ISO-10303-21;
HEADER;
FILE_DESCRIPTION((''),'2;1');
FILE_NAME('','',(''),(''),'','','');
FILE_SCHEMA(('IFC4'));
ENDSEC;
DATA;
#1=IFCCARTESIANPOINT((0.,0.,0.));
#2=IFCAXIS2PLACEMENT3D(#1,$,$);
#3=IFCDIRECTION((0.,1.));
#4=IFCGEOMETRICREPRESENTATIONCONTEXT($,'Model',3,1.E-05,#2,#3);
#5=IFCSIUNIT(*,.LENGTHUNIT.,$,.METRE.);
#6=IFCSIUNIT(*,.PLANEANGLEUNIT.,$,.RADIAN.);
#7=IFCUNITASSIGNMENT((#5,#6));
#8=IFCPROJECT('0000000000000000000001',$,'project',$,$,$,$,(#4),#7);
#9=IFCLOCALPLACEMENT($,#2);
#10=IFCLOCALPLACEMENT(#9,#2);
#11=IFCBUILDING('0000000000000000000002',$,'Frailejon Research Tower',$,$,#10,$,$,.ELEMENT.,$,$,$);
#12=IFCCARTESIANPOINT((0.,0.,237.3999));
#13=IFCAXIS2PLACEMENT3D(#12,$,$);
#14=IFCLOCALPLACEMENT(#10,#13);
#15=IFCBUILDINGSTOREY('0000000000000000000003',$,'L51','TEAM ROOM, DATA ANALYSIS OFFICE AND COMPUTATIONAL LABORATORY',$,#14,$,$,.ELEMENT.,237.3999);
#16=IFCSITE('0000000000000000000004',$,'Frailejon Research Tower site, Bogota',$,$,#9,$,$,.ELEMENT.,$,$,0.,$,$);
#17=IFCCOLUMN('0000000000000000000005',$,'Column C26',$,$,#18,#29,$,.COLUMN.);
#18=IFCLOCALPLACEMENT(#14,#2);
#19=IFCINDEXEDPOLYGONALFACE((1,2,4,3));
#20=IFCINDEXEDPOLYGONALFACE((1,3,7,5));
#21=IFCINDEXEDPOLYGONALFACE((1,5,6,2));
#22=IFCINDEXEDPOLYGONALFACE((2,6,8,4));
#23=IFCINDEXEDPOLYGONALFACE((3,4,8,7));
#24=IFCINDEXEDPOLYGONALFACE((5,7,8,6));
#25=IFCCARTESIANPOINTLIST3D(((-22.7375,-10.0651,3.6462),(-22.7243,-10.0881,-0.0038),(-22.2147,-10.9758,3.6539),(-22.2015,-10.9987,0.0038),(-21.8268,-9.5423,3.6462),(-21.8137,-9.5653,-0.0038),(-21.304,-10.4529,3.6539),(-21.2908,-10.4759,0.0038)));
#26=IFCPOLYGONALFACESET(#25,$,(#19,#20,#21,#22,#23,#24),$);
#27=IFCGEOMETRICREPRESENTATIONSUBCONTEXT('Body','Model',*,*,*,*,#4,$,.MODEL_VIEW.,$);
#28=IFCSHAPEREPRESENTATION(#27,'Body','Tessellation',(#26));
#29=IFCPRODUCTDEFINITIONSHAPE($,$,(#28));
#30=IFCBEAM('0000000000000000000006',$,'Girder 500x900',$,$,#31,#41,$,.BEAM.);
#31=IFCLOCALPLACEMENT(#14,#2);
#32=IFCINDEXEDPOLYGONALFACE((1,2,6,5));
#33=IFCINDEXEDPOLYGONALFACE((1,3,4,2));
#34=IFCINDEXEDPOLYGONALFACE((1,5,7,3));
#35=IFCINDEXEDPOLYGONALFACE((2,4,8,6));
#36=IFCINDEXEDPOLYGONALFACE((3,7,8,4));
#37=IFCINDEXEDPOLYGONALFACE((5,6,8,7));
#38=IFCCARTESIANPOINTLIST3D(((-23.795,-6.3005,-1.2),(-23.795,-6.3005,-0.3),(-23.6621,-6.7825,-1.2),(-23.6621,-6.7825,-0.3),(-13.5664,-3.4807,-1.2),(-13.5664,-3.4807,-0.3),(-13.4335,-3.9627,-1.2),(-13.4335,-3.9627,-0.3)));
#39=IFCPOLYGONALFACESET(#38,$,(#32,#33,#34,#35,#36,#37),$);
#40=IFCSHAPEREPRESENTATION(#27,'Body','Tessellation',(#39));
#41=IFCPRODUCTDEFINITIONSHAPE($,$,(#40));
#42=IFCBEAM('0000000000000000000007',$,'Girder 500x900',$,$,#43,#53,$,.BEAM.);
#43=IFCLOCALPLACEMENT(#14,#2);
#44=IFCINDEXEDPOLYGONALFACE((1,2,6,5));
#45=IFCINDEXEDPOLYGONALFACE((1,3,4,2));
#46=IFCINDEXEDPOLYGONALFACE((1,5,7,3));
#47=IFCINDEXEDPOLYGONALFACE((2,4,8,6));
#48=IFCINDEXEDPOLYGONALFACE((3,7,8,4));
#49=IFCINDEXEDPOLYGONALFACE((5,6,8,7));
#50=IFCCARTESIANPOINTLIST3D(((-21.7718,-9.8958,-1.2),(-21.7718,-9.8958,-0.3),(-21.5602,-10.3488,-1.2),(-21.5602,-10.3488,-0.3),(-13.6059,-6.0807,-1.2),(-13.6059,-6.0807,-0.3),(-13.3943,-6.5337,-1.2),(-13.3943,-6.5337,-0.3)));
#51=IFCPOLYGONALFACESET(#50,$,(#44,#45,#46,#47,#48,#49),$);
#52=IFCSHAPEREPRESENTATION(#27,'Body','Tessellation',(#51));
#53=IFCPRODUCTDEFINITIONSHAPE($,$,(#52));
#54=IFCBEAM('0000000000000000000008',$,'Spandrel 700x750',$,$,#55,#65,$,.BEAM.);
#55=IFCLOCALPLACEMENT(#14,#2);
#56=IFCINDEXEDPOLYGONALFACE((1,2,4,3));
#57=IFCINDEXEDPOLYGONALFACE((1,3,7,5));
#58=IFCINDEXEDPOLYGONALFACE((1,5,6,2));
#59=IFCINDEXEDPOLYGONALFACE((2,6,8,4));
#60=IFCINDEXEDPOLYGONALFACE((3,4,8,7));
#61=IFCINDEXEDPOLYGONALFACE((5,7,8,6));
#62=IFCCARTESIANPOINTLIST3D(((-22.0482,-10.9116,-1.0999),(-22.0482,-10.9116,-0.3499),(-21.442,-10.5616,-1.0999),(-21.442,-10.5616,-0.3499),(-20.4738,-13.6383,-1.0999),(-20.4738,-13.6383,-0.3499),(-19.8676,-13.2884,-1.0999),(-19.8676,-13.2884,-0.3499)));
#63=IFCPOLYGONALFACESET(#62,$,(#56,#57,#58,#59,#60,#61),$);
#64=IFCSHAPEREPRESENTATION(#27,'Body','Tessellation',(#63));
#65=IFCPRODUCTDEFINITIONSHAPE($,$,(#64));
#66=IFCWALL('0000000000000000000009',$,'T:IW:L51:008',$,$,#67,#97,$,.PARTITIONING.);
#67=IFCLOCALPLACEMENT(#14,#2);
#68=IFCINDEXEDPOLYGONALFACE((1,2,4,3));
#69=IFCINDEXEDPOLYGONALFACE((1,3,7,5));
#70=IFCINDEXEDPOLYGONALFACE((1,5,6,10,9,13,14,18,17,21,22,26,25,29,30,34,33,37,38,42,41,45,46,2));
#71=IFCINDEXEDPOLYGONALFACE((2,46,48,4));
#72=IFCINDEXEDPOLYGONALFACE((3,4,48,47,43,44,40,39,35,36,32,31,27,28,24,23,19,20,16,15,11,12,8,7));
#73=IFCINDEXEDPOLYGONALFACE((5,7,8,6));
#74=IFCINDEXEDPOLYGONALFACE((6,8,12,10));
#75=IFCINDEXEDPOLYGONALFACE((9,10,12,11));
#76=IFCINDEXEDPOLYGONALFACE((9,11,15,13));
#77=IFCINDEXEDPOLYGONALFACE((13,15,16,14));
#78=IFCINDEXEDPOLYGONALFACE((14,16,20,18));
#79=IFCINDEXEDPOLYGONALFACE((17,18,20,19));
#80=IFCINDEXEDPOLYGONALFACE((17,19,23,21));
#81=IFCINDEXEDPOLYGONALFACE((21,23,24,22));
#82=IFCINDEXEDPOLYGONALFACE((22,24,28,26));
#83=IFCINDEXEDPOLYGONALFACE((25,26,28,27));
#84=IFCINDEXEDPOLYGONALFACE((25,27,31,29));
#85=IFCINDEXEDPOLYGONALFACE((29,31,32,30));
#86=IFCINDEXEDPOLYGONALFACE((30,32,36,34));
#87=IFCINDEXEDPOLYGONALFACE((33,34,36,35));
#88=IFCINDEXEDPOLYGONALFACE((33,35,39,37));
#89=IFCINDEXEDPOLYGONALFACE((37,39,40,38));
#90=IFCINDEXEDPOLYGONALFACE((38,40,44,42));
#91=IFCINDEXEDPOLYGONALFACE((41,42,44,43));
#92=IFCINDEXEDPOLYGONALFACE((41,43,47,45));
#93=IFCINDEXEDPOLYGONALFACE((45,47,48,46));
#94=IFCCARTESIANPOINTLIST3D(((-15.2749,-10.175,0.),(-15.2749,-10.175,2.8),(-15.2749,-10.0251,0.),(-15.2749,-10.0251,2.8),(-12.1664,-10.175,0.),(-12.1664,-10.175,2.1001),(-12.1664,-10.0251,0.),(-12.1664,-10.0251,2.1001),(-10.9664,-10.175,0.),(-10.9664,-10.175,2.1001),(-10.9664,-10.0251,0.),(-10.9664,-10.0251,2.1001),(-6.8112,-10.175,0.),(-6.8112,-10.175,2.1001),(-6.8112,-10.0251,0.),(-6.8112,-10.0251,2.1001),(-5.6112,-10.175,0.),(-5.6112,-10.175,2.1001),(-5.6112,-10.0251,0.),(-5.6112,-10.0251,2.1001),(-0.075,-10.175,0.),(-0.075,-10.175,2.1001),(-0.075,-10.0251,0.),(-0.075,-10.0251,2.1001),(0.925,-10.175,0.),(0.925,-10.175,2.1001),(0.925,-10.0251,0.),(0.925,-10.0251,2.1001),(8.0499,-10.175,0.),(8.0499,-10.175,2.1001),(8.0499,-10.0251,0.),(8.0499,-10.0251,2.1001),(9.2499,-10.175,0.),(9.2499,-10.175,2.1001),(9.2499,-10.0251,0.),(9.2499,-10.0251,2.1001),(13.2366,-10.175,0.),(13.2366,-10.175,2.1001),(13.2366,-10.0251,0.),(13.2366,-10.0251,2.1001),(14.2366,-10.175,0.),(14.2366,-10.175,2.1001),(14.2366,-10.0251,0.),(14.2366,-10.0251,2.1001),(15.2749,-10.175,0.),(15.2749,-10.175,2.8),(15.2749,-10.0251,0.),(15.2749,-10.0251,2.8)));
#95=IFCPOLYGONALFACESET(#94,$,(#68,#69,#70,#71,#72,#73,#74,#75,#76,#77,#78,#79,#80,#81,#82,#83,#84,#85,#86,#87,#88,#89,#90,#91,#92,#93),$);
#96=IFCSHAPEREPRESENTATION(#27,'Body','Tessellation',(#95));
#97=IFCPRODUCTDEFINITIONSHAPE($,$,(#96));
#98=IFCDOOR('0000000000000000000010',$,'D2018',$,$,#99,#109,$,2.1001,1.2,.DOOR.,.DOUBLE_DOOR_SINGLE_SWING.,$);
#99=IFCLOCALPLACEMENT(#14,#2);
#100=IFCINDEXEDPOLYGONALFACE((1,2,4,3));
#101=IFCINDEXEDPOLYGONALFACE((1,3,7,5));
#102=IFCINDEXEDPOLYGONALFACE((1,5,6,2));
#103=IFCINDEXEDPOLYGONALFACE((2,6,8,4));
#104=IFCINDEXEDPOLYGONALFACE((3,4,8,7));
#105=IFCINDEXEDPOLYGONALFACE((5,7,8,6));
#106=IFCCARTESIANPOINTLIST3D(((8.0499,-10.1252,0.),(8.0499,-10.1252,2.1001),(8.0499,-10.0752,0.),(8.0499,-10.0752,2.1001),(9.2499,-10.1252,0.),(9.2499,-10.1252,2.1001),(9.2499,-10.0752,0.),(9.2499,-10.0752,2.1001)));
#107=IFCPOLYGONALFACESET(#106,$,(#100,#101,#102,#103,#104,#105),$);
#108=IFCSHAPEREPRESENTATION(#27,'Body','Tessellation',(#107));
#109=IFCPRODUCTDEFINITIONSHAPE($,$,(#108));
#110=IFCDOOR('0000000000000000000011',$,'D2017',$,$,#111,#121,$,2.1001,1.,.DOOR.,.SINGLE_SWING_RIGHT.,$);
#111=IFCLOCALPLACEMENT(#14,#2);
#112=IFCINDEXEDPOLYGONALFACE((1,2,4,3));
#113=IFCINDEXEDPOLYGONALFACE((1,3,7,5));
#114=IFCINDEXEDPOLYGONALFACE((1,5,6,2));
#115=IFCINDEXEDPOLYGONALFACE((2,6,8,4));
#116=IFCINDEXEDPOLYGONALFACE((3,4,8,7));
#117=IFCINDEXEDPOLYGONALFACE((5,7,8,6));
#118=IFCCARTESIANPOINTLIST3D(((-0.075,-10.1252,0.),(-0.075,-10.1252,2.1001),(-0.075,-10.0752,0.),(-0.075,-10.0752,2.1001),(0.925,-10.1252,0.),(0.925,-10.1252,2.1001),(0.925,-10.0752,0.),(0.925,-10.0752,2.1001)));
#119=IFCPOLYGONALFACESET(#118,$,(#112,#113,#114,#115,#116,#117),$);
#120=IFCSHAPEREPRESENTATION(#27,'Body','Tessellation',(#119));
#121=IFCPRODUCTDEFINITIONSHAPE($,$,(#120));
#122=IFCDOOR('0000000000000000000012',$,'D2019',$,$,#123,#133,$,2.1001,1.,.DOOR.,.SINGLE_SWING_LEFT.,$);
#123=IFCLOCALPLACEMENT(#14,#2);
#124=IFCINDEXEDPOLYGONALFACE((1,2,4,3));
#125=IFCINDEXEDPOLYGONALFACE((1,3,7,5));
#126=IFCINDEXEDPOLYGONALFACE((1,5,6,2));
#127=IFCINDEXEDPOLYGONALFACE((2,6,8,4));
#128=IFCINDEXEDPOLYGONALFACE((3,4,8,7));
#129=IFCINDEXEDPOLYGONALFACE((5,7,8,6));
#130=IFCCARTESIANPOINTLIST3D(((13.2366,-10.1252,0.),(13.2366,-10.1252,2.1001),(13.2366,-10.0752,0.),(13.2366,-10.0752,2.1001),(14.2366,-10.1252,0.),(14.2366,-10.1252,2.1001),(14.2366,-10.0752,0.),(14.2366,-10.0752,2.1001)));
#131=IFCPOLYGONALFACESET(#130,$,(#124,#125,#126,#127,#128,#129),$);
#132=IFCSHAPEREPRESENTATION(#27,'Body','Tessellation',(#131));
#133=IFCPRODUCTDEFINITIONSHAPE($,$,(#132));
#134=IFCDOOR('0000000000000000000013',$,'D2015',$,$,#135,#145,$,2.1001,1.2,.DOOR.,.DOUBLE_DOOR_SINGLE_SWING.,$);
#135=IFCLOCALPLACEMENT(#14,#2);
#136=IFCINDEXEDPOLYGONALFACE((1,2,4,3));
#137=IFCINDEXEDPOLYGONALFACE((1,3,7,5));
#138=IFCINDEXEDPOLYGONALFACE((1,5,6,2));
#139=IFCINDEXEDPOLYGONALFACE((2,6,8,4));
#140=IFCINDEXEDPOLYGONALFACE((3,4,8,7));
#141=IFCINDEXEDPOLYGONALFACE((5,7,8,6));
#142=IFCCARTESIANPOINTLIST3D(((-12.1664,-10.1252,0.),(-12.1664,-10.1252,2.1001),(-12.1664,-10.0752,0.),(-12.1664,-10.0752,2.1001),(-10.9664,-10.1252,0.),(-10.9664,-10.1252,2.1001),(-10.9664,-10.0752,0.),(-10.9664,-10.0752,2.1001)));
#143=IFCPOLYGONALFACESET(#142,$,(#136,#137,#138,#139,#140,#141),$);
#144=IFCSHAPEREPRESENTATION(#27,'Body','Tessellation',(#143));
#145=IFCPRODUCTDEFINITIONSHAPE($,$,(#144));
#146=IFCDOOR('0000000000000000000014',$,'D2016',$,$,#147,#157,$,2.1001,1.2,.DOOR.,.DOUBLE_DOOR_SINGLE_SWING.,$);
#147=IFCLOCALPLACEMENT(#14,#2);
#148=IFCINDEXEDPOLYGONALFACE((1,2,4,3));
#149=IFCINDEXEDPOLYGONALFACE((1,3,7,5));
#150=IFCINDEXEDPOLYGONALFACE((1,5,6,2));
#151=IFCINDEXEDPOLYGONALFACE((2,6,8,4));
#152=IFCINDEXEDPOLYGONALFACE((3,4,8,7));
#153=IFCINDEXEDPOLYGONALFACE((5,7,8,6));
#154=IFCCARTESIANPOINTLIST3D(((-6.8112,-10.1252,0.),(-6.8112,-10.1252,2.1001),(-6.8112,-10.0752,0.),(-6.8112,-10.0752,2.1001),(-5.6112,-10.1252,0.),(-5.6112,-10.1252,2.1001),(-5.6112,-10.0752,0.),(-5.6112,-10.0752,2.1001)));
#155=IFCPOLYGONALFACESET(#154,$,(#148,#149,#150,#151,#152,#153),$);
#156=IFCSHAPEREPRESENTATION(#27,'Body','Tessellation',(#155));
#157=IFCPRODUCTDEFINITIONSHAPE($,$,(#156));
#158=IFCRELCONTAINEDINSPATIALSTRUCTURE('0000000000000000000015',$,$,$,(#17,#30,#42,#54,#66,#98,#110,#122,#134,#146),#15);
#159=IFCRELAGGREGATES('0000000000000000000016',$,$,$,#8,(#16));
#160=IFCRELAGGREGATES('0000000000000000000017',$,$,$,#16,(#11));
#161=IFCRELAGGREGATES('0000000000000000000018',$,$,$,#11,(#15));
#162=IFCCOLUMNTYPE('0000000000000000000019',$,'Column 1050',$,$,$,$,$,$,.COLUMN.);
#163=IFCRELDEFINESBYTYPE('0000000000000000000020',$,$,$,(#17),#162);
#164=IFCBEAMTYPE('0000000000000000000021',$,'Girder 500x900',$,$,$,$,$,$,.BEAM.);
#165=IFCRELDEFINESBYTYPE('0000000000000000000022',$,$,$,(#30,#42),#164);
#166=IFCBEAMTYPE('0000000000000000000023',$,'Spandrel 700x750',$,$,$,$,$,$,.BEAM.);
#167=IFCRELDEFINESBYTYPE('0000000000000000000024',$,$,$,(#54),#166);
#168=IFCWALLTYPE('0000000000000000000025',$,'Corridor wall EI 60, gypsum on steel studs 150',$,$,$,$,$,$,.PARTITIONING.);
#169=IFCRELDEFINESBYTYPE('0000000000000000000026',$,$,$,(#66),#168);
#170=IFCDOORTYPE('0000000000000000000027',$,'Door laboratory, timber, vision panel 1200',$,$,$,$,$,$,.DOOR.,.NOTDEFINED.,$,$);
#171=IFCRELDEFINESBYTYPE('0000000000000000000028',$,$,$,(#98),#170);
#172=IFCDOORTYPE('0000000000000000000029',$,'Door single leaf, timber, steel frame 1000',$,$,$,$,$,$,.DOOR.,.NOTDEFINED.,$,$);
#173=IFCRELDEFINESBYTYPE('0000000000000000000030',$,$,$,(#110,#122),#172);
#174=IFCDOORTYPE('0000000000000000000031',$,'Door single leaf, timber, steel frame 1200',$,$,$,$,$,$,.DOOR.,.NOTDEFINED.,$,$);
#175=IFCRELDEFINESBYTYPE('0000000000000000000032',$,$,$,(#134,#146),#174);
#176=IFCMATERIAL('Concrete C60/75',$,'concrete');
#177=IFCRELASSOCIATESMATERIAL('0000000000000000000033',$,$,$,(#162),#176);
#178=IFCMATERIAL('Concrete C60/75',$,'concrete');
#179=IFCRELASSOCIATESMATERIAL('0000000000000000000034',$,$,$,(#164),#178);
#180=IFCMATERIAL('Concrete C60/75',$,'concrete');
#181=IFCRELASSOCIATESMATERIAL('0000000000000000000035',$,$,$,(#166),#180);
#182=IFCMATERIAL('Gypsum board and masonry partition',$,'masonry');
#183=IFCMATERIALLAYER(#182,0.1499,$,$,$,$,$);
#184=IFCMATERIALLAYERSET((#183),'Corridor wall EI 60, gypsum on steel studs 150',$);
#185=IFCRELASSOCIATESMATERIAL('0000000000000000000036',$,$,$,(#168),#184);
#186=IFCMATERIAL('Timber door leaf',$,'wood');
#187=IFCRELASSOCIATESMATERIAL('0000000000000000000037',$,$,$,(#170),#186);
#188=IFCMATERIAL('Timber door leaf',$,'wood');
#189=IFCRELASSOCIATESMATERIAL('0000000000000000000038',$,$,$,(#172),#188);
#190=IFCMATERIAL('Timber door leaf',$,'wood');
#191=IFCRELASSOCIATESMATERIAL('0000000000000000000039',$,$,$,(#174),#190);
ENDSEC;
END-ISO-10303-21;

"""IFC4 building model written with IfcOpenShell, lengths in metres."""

from ifc_helpers import new_model, si_unit, direction, frame, frame_2d, origin, origin_2d, place, context, subcontext, project, spatial, rectangle, extrude, material, layer, layer_set, material_profile, profile_set, type_object, element, fill, save


model = new_model("IFC4")

# Units and contexts
model_context = context("Model", 3, precision=1e-05, world=origin(), true_north=direction((0.0, 1.0)))
body_context = subcontext(model_context, "Body", "Model", "MODEL_VIEW")
ifc_project = project(units=[si_unit("LENGTHUNIT", "METRE"), si_unit("PLANEANGLEUNIT", "RADIAN")], contexts=[model_context])

# Site, building, storey
site_placement = place(None, origin())
site = spatial("IfcSite", under=ifc_project, at=site_placement, Name="Frailejon Research Tower site, Bogota", CompositionType="ELEMENT", RefElevation=0.0)
building_placement = place(site_placement, origin())
building = spatial("IfcBuilding", under=site, at=building_placement, Name="Frailejon Research Tower", CompositionType="ELEMENT")
storey_placement = place(building_placement, frame((0.0, 0.0, 237.3999)))
storey = spatial("IfcBuildingStorey", under=building, at=storey_placement, Name="L51", Description="TEAM ROOM, DATA ANALYSIS OFFICE AND COMPUTATIONAL LABORATORY", CompositionType="ELEMENT", Elevation=237.3999)

# Column
ifc_material_1 = material(Name="Concrete C60/75", Category="concrete")
ifc_material_profile_1 = material_profile(ifc_material_1, rectangle(XDim=1.05, YDim=1.05, at=origin_2d()), Name="Column 1050")
ifc_profile_set_1 = profile_set([ifc_material_profile_1], Name="Concrete C60/75")
column_type = type_object("IfcColumnType", Name="Column 1050", PredefinedType="COLUMN", material=ifc_profile_set_1)
column_placement = place(storey_placement, frame((-22.0076, -10.282, 0.0), z_axis=(-0.003612, 0.006287, 0.999974), x_axis=(0.49789, -0.86721, 0.007251)))
element("IfcColumn", 1, at=column_placement, inside=storey, type_object=column_type, Name="Column C26", PredefinedType="COLUMN", context=body_context, shape_type="SweptSolid", body=[
    extrude(rectangle(XDim=1.05, YDim=1.05, at=origin_2d()), origin(), (0.0, 0.0, 1.0), 3.6501),
])

# Beams
ifc_material_2 = material(Name="Concrete C60/75", Category="concrete")
ifc_material_profile_2 = material_profile(ifc_material_2, rectangle(XDim=0.5, YDim=0.8999, at=origin_2d()), Name="Girder 500x900")
ifc_profile_set_2 = profile_set([ifc_material_profile_2], Name="Concrete C60/75")
beam_type_1 = type_object("IfcBeamType", Name="Girder 500x900", PredefinedType="BEAM", material=ifc_profile_set_2)
beam_1_placement = place(storey_placement, frame((-23.7285, -6.5415, -0.75), z_axis=(0.964037, 0.265768, 0.0), x_axis=(-0.265768, 0.964037, 0.0)))
element("IfcBeam", 2, at=beam_1_placement, inside=storey, type_object=beam_type_1, Name="Girder 500x900", PredefinedType="BEAM", context=body_context, shape_type="SweptSolid", body=[
    extrude(rectangle(XDim=0.5, YDim=0.8999, at=origin_2d()), origin(), (0.0, 0.0, 1.0), 10.6101),
])
beam_2_placement = place(storey_placement, frame((-21.666, -10.1223, -0.75), z_axis=(0.905997, 0.423284, 0.0), x_axis=(-0.423284, 0.905997, 0.0)))
element("IfcBeam", 3, at=beam_2_placement, inside=storey, type_object=beam_type_1, Name="Girder 500x900", PredefinedType="BEAM", context=body_context, shape_type="SweptSolid", body=[
    extrude(rectangle(XDim=0.5, YDim=0.8999, at=origin_2d()), origin(), (0.0, 0.0, 1.0), 9.0132),
])
ifc_material_3 = material(Name="Concrete C60/75", Category="concrete")
ifc_material_profile_3 = material_profile(ifc_material_3, rectangle(XDim=0.7, YDim=0.75, at=origin_2d()), Name="Spandrel 700x750")
ifc_profile_set_3 = profile_set([ifc_material_profile_3], Name="Concrete C60/75")
beam_type_2 = type_object("IfcBeamType", Name="Spandrel 700x750", PredefinedType="BEAM", material=ifc_profile_set_3)
beam_3_placement = place(storey_placement, frame((-21.7451, -10.7366, -0.7249), z_axis=(0.500033, -0.866006, 0.0), x_axis=(0.866006, 0.500033, 0.0)))
element("IfcBeam", 4, at=beam_3_placement, inside=storey, type_object=beam_type_2, Name="Spandrel 700x750", PredefinedType="BEAM", context=body_context, shape_type="SweptSolid", body=[
    extrude(rectangle(XDim=0.7, YDim=0.75, at=origin_2d()), origin(), (0.0, 0.0, 1.0), 3.1487),
])

# Wall, openings, doors
ifc_material_4 = material(Name="Gypsum board and masonry partition", Category="masonry")
ifc_layer_1 = layer(ifc_material_4, 0.1499)
ifc_layer_set_1 = layer_set([ifc_layer_1], Name="Corridor wall EI 60, gypsum on steel studs 150")
wall_type_1 = type_object("IfcWallType", Name="Corridor wall EI 60, gypsum on steel studs 150", PredefinedType="PARTITIONING", material=ifc_layer_set_1)
wall_1_placement = place(storey_placement, frame((-15.2749, -10.1001, 0.0), z_axis=(0.0, 0.0, 1.0), x_axis=(1.0, 0.0, 0.0)))
wall_1 = element("IfcWall", 5, at=wall_1_placement, inside=storey, type_object=wall_type_1, Name="T:IW:L51:008", PredefinedType="PARTITIONING", context=body_context, shape_type="SweptSolid", body=[
    extrude(rectangle(XDim=30.5498, YDim=0.1499, at=frame_2d((15.2749, 0.0))), origin(), (0.0, 0.0, 1.0), 2.8),
])
opening_1_placement = place(wall_1_placement, frame((3.1084, 0.0, 0.0)))
opening_1 = element("IfcOpeningElement", 6, at=opening_1_placement, cuts=wall_1, PredefinedType="OPENING", context=body_context, shape_type="SweptSolid", body=[
    extrude(rectangle(XDim=1.2, YDim=2.1001, at=frame_2d((0.6001, 1.05))), frame((0.0, 0.085, 0.0), z_axis=(0.0, -1.0, 0.0), x_axis=(1.0, 0.0, 0.0)), (0.0, 0.0, 1.0), 0.1699),
])
opening_2_placement = place(wall_1_placement, frame((8.4636, 0.0, 0.0)))
opening_2 = element("IfcOpeningElement", 7, at=opening_2_placement, cuts=wall_1, PredefinedType="OPENING", context=body_context, shape_type="SweptSolid", body=[
    extrude(rectangle(XDim=1.2, YDim=2.1001, at=frame_2d((0.6001, 1.05))), frame((0.0, 0.085, 0.0), z_axis=(0.0, -1.0, 0.0), x_axis=(1.0, 0.0, 0.0)), (0.0, 0.0, 1.0), 0.1699),
])
opening_3_placement = place(wall_1_placement, frame((15.2, 0.0, 0.0)))
opening_3 = element("IfcOpeningElement", 8, at=opening_3_placement, cuts=wall_1, PredefinedType="OPENING", context=body_context, shape_type="SweptSolid", body=[
    extrude(rectangle(XDim=1.0, YDim=2.1001, at=frame_2d((0.5, 1.05))), frame((0.0, 0.085, 0.0), z_axis=(0.0, -1.0, 0.0), x_axis=(1.0, 0.0, 0.0)), (0.0, 0.0, 1.0), 0.1699),
])
opening_4_placement = place(wall_1_placement, frame((23.3247, 0.0, 0.0)))
opening_4 = element("IfcOpeningElement", 9, at=opening_4_placement, cuts=wall_1, PredefinedType="OPENING", context=body_context, shape_type="SweptSolid", body=[
    extrude(rectangle(XDim=1.2, YDim=2.1001, at=frame_2d((0.6001, 1.05))), frame((0.0, 0.085, 0.0), z_axis=(0.0, -1.0, 0.0), x_axis=(1.0, 0.0, 0.0)), (0.0, 0.0, 1.0), 0.1699),
])
opening_5_placement = place(wall_1_placement, frame((28.5115, 0.0, 0.0)))
opening_5 = element("IfcOpeningElement", 10, at=opening_5_placement, cuts=wall_1, PredefinedType="OPENING", context=body_context, shape_type="SweptSolid", body=[
    extrude(rectangle(XDim=1.0, YDim=2.1001, at=frame_2d((0.5, 1.05))), frame((0.0, 0.085, 0.0), z_axis=(0.0, -1.0, 0.0), x_axis=(1.0, 0.0, 0.0)), (0.0, 0.0, 1.0), 0.1699),
])
ifc_material_5 = material(Name="Timber door leaf", Category="wood")
door_type_1 = type_object("IfcDoorType", Name="Door laboratory, timber, vision panel 1200", OperationType="NOTDEFINED", PredefinedType="DOOR", material=ifc_material_5)
door_1_placement = place(opening_4_placement, origin())
door_1 = element("IfcDoor", 11, at=door_1_placement, inside=storey, type_object=door_type_1, Name="D2018", OperationType="DOUBLE_DOOR_SINGLE_SWING", OverallHeight=2.1001, OverallWidth=1.2, PredefinedType="DOOR", context=body_context, shape_type="SweptSolid", body=[
    extrude(rectangle(XDim=1.2, YDim=2.1001, at=frame_2d((0.6001, 1.05))), frame((0.0, 0.0249, 0.0), z_axis=(0.0, -1.0, 0.0), x_axis=(1.0, 0.0, 0.0)), (0.0, 0.0, 1.0), 0.05),
])
fill(opening_4, door_1)
ifc_material_6 = material(Name="Timber door leaf", Category="wood")
door_type_2 = type_object("IfcDoorType", Name="Door single leaf, timber, steel frame 1000", OperationType="NOTDEFINED", PredefinedType="DOOR", material=ifc_material_6)
door_2_placement = place(opening_3_placement, origin())
door_2 = element("IfcDoor", 12, at=door_2_placement, inside=storey, type_object=door_type_2, Name="D2017", OperationType="SINGLE_SWING_RIGHT", OverallHeight=2.1001, OverallWidth=1.0, PredefinedType="DOOR", context=body_context, shape_type="SweptSolid", body=[
    extrude(rectangle(XDim=1.0, YDim=2.1001, at=frame_2d((0.5, 1.05))), frame((0.0, 0.0249, 0.0), z_axis=(0.0, -1.0, 0.0), x_axis=(1.0, 0.0, 0.0)), (0.0, 0.0, 1.0), 0.05),
])
fill(opening_3, door_2)
door_3_placement = place(opening_5_placement, origin())
door_3 = element("IfcDoor", 13, at=door_3_placement, inside=storey, type_object=door_type_2, Name="D2019", OperationType="SINGLE_SWING_LEFT", OverallHeight=2.1001, OverallWidth=1.0, PredefinedType="DOOR", context=body_context, shape_type="SweptSolid", body=[
    extrude(rectangle(XDim=1.0, YDim=2.1001, at=frame_2d((0.5, 1.05))), frame((0.0, 0.0249, 0.0), z_axis=(0.0, -1.0, 0.0), x_axis=(1.0, 0.0, 0.0)), (0.0, 0.0, 1.0), 0.05),
])
fill(opening_5, door_3)
ifc_material_7 = material(Name="Timber door leaf", Category="wood")
door_type_3 = type_object("IfcDoorType", Name="Door single leaf, timber, steel frame 1200", OperationType="NOTDEFINED", PredefinedType="DOOR", material=ifc_material_7)
door_4_placement = place(opening_1_placement, origin())
door_4 = element("IfcDoor", 14, at=door_4_placement, inside=storey, type_object=door_type_3, Name="D2015", OperationType="DOUBLE_DOOR_SINGLE_SWING", OverallHeight=2.1001, OverallWidth=1.2, PredefinedType="DOOR", context=body_context, shape_type="SweptSolid", body=[
    extrude(rectangle(XDim=1.2, YDim=2.1001, at=frame_2d((0.6001, 1.05))), frame((0.0, 0.0249, 0.0), z_axis=(0.0, -1.0, 0.0), x_axis=(1.0, 0.0, 0.0)), (0.0, 0.0, 1.0), 0.05),
])
fill(opening_1, door_4)
door_5_placement = place(opening_2_placement, origin())
door_5 = element("IfcDoor", 15, at=door_5_placement, inside=storey, type_object=door_type_3, Name="D2016", OperationType="DOUBLE_DOOR_SINGLE_SWING", OverallHeight=2.1001, OverallWidth=1.2, PredefinedType="DOOR", context=body_context, shape_type="SweptSolid", body=[
    extrude(rectangle(XDim=1.2, YDim=2.1001, at=frame_2d((0.6001, 1.05))), frame((0.0, 0.0249, 0.0), z_axis=(0.0, -1.0, 0.0), x_axis=(1.0, 0.0, 0.0)), (0.0, 0.0, 1.0), 0.05),
])
fill(opening_2, door_5)

save(model, "model.ifc")
